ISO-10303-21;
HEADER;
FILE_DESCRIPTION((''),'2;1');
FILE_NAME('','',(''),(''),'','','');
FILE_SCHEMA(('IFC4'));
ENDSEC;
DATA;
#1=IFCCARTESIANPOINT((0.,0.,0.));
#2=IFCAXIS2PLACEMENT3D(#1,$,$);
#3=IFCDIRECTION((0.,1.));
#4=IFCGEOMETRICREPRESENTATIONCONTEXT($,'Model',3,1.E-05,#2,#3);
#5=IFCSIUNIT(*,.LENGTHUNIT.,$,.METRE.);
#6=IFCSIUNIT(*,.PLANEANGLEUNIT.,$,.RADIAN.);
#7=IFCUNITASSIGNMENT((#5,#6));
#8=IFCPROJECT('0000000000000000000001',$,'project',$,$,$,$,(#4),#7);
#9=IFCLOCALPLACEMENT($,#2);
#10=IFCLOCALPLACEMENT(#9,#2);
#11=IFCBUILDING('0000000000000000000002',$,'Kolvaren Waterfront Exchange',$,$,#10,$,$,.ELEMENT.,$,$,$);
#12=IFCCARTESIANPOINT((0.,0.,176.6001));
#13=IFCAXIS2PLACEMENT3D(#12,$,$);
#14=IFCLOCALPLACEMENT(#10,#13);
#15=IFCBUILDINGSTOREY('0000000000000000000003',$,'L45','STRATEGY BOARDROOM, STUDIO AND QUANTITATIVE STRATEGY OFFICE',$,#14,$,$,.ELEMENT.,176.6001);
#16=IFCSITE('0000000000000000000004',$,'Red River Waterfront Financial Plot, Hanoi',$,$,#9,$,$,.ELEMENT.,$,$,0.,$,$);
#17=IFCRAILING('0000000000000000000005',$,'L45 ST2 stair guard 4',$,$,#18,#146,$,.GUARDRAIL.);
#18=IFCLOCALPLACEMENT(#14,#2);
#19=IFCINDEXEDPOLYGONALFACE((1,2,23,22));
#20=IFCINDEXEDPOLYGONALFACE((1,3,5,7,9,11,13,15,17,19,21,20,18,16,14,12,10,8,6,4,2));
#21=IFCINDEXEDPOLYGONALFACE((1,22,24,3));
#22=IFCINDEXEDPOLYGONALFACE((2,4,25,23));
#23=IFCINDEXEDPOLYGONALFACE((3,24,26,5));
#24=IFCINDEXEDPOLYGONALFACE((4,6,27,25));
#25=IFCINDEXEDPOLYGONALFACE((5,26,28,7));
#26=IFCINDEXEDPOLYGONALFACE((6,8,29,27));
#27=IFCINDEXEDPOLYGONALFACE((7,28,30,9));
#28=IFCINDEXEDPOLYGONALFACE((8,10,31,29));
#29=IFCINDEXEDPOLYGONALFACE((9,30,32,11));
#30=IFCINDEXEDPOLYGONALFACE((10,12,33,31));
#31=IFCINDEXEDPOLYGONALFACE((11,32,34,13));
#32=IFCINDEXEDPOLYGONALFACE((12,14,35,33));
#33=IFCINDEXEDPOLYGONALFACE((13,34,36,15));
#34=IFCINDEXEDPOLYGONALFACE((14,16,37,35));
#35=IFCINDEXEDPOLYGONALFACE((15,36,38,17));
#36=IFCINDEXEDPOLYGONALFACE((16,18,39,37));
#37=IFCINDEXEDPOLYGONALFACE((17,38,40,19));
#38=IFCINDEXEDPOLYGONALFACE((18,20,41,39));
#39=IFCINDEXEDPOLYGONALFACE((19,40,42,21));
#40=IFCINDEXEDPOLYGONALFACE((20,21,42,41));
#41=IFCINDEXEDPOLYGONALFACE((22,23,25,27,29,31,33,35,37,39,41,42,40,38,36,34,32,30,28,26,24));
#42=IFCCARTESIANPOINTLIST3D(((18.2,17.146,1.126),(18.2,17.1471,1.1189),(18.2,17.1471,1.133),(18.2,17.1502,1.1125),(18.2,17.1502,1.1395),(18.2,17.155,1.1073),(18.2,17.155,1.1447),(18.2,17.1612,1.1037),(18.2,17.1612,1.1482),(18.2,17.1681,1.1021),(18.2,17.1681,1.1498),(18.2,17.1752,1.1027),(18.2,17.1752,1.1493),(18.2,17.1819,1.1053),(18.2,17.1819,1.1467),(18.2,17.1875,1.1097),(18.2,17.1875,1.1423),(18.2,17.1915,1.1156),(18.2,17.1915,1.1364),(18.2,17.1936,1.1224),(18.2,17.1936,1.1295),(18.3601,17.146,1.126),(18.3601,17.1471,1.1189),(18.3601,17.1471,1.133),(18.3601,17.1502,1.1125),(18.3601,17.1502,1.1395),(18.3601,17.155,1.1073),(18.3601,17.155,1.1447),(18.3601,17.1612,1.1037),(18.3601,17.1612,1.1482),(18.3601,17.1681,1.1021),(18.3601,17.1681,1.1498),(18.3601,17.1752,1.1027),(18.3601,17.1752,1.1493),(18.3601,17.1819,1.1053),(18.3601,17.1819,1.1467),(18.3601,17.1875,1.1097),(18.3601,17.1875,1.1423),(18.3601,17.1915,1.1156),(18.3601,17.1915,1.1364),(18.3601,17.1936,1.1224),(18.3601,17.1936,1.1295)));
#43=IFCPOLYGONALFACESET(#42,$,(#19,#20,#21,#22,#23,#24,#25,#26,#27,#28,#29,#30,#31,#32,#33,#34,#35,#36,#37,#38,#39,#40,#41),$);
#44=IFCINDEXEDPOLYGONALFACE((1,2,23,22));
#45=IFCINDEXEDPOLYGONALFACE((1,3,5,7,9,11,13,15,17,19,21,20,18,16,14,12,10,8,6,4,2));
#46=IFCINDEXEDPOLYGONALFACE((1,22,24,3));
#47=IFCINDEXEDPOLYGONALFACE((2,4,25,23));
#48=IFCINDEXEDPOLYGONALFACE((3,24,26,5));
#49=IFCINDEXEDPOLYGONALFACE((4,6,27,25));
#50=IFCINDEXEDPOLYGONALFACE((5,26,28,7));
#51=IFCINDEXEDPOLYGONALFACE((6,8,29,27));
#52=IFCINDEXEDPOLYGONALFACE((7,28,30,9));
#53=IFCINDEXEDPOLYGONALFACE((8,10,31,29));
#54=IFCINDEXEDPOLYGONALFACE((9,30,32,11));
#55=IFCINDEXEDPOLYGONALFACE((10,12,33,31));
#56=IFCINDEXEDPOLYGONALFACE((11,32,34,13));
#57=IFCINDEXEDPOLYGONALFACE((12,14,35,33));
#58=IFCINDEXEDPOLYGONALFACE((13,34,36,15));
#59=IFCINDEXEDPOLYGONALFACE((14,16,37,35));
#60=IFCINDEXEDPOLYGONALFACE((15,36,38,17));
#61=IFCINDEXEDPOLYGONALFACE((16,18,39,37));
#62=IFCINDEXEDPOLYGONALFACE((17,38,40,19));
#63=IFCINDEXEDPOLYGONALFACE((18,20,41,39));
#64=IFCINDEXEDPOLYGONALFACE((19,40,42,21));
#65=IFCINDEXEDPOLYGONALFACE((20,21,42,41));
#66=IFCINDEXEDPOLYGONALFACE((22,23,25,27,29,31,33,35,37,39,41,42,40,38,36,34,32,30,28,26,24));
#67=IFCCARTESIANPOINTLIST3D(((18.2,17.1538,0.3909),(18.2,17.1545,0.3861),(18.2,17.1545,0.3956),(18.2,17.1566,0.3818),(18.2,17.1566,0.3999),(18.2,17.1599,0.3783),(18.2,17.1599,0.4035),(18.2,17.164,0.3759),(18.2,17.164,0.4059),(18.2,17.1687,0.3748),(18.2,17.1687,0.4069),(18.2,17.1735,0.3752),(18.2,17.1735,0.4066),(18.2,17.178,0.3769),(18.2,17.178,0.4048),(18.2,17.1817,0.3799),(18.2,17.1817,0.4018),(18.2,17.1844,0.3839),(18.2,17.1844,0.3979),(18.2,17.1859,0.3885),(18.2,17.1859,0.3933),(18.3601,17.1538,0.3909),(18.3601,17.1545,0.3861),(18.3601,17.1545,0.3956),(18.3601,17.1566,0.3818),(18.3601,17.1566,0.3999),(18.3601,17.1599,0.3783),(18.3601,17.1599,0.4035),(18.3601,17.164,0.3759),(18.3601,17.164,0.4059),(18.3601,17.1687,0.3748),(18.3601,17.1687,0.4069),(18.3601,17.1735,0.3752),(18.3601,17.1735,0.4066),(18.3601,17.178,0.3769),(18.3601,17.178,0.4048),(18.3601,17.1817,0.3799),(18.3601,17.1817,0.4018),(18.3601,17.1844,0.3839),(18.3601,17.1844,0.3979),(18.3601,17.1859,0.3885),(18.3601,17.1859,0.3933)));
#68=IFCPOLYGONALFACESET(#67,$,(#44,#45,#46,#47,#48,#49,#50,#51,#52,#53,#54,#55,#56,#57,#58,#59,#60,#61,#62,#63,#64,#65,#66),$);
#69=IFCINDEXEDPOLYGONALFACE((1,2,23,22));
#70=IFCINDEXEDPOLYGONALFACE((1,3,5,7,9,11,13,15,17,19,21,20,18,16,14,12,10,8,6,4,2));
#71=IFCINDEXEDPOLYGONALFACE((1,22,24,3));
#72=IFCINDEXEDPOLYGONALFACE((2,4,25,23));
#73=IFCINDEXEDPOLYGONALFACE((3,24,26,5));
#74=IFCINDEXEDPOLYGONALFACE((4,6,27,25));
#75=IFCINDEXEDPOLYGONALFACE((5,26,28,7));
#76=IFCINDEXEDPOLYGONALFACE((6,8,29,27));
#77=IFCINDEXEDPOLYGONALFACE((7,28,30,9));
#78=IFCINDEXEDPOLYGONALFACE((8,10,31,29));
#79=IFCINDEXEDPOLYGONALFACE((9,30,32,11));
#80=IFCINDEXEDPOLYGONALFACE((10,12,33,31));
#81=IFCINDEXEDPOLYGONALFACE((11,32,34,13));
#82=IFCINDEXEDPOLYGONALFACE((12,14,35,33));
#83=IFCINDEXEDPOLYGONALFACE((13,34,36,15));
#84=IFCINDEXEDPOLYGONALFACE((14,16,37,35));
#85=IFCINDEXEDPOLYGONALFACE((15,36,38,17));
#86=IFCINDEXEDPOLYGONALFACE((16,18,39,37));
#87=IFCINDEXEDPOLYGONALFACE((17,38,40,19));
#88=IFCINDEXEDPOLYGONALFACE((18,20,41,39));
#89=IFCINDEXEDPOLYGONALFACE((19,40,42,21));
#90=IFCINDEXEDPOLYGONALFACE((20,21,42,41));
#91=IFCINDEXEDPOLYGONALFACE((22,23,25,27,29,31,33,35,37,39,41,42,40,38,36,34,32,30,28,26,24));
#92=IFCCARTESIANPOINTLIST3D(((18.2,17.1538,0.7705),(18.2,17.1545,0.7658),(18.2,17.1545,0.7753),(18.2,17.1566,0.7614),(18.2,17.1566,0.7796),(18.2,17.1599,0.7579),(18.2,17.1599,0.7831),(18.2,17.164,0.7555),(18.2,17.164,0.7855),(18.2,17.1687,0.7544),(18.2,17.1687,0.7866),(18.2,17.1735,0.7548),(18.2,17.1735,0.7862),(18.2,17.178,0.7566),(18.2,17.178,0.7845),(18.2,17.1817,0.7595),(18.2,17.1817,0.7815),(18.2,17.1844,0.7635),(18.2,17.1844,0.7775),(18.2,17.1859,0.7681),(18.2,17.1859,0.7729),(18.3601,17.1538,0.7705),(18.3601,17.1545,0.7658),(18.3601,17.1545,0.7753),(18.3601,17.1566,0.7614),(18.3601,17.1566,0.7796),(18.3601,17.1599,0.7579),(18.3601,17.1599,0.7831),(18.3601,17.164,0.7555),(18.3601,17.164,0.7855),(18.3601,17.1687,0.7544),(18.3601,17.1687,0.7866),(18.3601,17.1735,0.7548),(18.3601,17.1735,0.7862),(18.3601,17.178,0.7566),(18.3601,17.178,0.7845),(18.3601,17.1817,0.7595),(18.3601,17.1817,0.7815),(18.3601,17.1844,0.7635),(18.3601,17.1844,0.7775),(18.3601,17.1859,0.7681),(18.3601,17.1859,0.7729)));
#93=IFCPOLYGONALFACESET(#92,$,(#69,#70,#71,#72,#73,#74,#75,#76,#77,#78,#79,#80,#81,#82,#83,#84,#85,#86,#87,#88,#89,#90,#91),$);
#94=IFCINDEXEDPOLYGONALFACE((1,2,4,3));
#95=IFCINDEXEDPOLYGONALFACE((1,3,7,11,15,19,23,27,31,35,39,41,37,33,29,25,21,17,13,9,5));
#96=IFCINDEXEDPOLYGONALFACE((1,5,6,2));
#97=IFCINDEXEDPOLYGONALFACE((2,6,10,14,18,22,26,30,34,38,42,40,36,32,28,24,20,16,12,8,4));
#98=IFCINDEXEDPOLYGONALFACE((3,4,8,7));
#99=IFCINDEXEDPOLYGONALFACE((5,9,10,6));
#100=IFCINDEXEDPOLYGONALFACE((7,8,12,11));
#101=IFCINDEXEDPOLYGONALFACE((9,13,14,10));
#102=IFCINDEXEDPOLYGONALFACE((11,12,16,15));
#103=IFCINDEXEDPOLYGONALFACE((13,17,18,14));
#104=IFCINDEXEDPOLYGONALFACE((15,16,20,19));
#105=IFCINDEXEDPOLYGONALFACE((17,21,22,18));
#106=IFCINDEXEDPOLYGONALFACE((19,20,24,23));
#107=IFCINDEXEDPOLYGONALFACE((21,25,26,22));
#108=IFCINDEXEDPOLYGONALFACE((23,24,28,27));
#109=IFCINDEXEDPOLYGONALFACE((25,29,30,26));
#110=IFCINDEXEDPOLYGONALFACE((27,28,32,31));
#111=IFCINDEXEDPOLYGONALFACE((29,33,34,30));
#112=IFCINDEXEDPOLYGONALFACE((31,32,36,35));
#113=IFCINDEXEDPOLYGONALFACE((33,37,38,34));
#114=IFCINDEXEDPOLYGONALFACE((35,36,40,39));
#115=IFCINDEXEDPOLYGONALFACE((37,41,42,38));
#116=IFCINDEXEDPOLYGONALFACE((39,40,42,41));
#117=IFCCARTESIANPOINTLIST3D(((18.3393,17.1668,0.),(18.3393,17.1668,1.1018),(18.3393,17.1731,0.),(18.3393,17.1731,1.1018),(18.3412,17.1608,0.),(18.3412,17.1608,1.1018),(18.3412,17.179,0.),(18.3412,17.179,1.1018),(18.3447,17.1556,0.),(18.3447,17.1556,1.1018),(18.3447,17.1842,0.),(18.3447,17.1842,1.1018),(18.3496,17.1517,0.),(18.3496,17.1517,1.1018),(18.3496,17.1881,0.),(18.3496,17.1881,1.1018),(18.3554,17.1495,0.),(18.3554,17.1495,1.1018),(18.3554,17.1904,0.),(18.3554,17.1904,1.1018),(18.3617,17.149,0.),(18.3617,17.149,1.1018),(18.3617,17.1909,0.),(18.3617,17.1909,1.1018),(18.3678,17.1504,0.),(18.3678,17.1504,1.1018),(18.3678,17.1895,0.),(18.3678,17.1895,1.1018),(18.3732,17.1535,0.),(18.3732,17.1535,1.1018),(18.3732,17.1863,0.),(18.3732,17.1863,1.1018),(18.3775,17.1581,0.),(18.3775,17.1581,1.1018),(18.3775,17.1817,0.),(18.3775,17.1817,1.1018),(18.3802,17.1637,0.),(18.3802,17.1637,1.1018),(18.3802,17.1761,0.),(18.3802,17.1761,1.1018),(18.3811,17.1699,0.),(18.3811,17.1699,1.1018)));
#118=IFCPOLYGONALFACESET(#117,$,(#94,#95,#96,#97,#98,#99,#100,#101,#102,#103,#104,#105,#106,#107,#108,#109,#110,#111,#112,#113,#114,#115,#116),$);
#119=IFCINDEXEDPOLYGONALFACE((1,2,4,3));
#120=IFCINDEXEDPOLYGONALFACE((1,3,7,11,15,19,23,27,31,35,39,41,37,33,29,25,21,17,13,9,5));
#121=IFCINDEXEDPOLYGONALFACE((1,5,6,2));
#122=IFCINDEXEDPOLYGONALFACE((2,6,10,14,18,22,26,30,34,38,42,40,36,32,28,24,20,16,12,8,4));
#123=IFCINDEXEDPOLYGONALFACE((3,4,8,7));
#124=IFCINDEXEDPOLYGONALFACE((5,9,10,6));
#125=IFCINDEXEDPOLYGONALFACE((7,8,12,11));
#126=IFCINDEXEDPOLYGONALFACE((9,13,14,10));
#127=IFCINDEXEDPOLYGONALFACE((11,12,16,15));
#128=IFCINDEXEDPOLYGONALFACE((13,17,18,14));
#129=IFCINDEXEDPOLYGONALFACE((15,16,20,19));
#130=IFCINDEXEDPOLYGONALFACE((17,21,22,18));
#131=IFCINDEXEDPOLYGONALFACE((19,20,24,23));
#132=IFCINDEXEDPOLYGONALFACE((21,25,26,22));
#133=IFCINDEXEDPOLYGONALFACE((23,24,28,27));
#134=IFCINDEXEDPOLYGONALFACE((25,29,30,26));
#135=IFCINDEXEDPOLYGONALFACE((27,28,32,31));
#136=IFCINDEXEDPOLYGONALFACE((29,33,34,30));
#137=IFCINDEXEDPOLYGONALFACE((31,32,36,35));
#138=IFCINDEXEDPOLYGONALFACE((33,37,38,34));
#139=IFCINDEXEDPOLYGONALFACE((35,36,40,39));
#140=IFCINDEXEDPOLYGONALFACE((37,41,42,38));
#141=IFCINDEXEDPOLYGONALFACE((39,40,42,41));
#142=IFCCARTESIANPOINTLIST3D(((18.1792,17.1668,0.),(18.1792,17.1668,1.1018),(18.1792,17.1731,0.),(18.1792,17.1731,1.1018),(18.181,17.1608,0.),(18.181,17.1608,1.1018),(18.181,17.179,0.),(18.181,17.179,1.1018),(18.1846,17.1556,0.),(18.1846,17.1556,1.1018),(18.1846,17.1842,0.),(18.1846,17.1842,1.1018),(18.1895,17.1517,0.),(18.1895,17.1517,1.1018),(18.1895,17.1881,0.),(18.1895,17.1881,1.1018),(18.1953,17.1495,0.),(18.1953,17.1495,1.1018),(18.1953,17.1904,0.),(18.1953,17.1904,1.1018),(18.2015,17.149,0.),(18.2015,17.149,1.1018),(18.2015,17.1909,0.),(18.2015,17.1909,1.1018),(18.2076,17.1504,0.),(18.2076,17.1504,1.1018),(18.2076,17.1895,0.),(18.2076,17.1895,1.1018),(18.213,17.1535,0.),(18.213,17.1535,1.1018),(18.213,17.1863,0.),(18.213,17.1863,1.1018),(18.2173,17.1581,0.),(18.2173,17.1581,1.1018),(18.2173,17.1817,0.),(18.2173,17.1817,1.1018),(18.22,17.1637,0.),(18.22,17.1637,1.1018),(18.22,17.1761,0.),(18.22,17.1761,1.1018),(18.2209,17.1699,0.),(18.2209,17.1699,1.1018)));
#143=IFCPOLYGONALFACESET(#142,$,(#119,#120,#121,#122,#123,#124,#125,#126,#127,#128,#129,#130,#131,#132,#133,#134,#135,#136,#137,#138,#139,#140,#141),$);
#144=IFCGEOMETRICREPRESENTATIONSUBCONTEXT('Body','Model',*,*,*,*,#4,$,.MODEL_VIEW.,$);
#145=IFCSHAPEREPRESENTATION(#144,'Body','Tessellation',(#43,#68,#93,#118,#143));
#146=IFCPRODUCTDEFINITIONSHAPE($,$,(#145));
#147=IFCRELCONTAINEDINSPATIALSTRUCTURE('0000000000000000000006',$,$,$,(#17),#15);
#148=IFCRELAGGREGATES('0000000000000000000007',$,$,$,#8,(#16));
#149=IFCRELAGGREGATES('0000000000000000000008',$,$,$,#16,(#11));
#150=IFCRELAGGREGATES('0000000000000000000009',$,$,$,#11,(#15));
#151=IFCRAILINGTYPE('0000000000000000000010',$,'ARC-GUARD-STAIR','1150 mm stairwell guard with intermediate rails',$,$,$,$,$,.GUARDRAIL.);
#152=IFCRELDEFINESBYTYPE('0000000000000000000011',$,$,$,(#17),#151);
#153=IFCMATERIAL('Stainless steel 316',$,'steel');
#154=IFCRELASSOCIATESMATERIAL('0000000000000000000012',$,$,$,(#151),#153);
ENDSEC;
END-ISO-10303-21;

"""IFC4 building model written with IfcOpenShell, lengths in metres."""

from ifc_helpers import new_model, si_unit, direction, frame, origin, origin_2d, place, context, subcontext, project, spatial, circle, extrude, material, type_object, element, save


model = new_model("IFC4")

# Units and contexts
model_context = context("Model", 3, precision=1e-05, world=origin(), true_north=direction((0.0, 1.0)))
body_context = subcontext(model_context, "Body", "Model", "MODEL_VIEW")
ifc_project = project(units=[si_unit("LENGTHUNIT", "METRE"), si_unit("PLANEANGLEUNIT", "RADIAN")], contexts=[model_context])

# Site, building, storey
site_placement = place(None, origin())
site = spatial("IfcSite", under=ifc_project, at=site_placement, Name="Red River Waterfront Financial Plot, Hanoi", CompositionType="ELEMENT", RefElevation=0.0)
building_placement = place(site_placement, origin())
building = spatial("IfcBuilding", under=site, at=building_placement, Name="Kolvaren Waterfront Exchange", CompositionType="ELEMENT")
storey_placement = place(building_placement, frame((0.0, 0.0, 176.6001)))
storey = spatial("IfcBuildingStorey", under=building, at=storey_placement, Name="L45", Description="STRATEGY BOARDROOM, STUDIO AND QUANTITATIVE STRATEGY OFFICE", CompositionType="ELEMENT", Elevation=176.6001)

# Railing
ifc_material_1 = material(Name="Stainless steel 316", Category="steel")
railing_type_1 = type_object("IfcRailingType", Name="ARC-GUARD-STAIR", Description="1150 mm stairwell guard with intermediate rails", PredefinedType="GUARDRAIL", material=ifc_material_1)
railing_1_placement = place(storey_placement, frame((18.3601, 17.1699, 0.0)))
element("IfcRailing", 1, at=railing_1_placement, inside=storey, type_object=railing_type_1, Name="L45 ST2 stair guard 4", PredefinedType="GUARDRAIL", context=body_context, shape_type="SweptSolid", body=[
    extrude(circle(Radius=0.0239, at=origin_2d()), frame((0.0, 0.0, 1.126), z_axis=(-1.0, 0.0, 0.0), x_axis=(0.0, -1.0, 0.0)), (0.0, 0.0, 1.0), 0.1602),
    extrude(circle(Radius=0.0161, at=origin_2d()), frame((0.0, 0.0, 0.3909), z_axis=(-1.0, 0.0, 0.0), x_axis=(0.0, -1.0, 0.0)), (0.0, 0.0, 1.0), 0.1602),
    extrude(circle(Radius=0.0161, at=origin_2d()), frame((0.0, 0.0, 0.7705), z_axis=(-1.0, 0.0, 0.0), x_axis=(0.0, -1.0, 0.0)), (0.0, 0.0, 1.0), 0.1602),
    extrude(circle(Radius=0.021, at=origin_2d()), origin(), (0.0, 0.0, 1.0), 1.1018),
    extrude(circle(Radius=0.021, at=origin_2d()), frame((-0.1602, 0.0, 0.0)), (0.0, 0.0, 1.0), 1.1018),
])

save(model, "model.ifc")
